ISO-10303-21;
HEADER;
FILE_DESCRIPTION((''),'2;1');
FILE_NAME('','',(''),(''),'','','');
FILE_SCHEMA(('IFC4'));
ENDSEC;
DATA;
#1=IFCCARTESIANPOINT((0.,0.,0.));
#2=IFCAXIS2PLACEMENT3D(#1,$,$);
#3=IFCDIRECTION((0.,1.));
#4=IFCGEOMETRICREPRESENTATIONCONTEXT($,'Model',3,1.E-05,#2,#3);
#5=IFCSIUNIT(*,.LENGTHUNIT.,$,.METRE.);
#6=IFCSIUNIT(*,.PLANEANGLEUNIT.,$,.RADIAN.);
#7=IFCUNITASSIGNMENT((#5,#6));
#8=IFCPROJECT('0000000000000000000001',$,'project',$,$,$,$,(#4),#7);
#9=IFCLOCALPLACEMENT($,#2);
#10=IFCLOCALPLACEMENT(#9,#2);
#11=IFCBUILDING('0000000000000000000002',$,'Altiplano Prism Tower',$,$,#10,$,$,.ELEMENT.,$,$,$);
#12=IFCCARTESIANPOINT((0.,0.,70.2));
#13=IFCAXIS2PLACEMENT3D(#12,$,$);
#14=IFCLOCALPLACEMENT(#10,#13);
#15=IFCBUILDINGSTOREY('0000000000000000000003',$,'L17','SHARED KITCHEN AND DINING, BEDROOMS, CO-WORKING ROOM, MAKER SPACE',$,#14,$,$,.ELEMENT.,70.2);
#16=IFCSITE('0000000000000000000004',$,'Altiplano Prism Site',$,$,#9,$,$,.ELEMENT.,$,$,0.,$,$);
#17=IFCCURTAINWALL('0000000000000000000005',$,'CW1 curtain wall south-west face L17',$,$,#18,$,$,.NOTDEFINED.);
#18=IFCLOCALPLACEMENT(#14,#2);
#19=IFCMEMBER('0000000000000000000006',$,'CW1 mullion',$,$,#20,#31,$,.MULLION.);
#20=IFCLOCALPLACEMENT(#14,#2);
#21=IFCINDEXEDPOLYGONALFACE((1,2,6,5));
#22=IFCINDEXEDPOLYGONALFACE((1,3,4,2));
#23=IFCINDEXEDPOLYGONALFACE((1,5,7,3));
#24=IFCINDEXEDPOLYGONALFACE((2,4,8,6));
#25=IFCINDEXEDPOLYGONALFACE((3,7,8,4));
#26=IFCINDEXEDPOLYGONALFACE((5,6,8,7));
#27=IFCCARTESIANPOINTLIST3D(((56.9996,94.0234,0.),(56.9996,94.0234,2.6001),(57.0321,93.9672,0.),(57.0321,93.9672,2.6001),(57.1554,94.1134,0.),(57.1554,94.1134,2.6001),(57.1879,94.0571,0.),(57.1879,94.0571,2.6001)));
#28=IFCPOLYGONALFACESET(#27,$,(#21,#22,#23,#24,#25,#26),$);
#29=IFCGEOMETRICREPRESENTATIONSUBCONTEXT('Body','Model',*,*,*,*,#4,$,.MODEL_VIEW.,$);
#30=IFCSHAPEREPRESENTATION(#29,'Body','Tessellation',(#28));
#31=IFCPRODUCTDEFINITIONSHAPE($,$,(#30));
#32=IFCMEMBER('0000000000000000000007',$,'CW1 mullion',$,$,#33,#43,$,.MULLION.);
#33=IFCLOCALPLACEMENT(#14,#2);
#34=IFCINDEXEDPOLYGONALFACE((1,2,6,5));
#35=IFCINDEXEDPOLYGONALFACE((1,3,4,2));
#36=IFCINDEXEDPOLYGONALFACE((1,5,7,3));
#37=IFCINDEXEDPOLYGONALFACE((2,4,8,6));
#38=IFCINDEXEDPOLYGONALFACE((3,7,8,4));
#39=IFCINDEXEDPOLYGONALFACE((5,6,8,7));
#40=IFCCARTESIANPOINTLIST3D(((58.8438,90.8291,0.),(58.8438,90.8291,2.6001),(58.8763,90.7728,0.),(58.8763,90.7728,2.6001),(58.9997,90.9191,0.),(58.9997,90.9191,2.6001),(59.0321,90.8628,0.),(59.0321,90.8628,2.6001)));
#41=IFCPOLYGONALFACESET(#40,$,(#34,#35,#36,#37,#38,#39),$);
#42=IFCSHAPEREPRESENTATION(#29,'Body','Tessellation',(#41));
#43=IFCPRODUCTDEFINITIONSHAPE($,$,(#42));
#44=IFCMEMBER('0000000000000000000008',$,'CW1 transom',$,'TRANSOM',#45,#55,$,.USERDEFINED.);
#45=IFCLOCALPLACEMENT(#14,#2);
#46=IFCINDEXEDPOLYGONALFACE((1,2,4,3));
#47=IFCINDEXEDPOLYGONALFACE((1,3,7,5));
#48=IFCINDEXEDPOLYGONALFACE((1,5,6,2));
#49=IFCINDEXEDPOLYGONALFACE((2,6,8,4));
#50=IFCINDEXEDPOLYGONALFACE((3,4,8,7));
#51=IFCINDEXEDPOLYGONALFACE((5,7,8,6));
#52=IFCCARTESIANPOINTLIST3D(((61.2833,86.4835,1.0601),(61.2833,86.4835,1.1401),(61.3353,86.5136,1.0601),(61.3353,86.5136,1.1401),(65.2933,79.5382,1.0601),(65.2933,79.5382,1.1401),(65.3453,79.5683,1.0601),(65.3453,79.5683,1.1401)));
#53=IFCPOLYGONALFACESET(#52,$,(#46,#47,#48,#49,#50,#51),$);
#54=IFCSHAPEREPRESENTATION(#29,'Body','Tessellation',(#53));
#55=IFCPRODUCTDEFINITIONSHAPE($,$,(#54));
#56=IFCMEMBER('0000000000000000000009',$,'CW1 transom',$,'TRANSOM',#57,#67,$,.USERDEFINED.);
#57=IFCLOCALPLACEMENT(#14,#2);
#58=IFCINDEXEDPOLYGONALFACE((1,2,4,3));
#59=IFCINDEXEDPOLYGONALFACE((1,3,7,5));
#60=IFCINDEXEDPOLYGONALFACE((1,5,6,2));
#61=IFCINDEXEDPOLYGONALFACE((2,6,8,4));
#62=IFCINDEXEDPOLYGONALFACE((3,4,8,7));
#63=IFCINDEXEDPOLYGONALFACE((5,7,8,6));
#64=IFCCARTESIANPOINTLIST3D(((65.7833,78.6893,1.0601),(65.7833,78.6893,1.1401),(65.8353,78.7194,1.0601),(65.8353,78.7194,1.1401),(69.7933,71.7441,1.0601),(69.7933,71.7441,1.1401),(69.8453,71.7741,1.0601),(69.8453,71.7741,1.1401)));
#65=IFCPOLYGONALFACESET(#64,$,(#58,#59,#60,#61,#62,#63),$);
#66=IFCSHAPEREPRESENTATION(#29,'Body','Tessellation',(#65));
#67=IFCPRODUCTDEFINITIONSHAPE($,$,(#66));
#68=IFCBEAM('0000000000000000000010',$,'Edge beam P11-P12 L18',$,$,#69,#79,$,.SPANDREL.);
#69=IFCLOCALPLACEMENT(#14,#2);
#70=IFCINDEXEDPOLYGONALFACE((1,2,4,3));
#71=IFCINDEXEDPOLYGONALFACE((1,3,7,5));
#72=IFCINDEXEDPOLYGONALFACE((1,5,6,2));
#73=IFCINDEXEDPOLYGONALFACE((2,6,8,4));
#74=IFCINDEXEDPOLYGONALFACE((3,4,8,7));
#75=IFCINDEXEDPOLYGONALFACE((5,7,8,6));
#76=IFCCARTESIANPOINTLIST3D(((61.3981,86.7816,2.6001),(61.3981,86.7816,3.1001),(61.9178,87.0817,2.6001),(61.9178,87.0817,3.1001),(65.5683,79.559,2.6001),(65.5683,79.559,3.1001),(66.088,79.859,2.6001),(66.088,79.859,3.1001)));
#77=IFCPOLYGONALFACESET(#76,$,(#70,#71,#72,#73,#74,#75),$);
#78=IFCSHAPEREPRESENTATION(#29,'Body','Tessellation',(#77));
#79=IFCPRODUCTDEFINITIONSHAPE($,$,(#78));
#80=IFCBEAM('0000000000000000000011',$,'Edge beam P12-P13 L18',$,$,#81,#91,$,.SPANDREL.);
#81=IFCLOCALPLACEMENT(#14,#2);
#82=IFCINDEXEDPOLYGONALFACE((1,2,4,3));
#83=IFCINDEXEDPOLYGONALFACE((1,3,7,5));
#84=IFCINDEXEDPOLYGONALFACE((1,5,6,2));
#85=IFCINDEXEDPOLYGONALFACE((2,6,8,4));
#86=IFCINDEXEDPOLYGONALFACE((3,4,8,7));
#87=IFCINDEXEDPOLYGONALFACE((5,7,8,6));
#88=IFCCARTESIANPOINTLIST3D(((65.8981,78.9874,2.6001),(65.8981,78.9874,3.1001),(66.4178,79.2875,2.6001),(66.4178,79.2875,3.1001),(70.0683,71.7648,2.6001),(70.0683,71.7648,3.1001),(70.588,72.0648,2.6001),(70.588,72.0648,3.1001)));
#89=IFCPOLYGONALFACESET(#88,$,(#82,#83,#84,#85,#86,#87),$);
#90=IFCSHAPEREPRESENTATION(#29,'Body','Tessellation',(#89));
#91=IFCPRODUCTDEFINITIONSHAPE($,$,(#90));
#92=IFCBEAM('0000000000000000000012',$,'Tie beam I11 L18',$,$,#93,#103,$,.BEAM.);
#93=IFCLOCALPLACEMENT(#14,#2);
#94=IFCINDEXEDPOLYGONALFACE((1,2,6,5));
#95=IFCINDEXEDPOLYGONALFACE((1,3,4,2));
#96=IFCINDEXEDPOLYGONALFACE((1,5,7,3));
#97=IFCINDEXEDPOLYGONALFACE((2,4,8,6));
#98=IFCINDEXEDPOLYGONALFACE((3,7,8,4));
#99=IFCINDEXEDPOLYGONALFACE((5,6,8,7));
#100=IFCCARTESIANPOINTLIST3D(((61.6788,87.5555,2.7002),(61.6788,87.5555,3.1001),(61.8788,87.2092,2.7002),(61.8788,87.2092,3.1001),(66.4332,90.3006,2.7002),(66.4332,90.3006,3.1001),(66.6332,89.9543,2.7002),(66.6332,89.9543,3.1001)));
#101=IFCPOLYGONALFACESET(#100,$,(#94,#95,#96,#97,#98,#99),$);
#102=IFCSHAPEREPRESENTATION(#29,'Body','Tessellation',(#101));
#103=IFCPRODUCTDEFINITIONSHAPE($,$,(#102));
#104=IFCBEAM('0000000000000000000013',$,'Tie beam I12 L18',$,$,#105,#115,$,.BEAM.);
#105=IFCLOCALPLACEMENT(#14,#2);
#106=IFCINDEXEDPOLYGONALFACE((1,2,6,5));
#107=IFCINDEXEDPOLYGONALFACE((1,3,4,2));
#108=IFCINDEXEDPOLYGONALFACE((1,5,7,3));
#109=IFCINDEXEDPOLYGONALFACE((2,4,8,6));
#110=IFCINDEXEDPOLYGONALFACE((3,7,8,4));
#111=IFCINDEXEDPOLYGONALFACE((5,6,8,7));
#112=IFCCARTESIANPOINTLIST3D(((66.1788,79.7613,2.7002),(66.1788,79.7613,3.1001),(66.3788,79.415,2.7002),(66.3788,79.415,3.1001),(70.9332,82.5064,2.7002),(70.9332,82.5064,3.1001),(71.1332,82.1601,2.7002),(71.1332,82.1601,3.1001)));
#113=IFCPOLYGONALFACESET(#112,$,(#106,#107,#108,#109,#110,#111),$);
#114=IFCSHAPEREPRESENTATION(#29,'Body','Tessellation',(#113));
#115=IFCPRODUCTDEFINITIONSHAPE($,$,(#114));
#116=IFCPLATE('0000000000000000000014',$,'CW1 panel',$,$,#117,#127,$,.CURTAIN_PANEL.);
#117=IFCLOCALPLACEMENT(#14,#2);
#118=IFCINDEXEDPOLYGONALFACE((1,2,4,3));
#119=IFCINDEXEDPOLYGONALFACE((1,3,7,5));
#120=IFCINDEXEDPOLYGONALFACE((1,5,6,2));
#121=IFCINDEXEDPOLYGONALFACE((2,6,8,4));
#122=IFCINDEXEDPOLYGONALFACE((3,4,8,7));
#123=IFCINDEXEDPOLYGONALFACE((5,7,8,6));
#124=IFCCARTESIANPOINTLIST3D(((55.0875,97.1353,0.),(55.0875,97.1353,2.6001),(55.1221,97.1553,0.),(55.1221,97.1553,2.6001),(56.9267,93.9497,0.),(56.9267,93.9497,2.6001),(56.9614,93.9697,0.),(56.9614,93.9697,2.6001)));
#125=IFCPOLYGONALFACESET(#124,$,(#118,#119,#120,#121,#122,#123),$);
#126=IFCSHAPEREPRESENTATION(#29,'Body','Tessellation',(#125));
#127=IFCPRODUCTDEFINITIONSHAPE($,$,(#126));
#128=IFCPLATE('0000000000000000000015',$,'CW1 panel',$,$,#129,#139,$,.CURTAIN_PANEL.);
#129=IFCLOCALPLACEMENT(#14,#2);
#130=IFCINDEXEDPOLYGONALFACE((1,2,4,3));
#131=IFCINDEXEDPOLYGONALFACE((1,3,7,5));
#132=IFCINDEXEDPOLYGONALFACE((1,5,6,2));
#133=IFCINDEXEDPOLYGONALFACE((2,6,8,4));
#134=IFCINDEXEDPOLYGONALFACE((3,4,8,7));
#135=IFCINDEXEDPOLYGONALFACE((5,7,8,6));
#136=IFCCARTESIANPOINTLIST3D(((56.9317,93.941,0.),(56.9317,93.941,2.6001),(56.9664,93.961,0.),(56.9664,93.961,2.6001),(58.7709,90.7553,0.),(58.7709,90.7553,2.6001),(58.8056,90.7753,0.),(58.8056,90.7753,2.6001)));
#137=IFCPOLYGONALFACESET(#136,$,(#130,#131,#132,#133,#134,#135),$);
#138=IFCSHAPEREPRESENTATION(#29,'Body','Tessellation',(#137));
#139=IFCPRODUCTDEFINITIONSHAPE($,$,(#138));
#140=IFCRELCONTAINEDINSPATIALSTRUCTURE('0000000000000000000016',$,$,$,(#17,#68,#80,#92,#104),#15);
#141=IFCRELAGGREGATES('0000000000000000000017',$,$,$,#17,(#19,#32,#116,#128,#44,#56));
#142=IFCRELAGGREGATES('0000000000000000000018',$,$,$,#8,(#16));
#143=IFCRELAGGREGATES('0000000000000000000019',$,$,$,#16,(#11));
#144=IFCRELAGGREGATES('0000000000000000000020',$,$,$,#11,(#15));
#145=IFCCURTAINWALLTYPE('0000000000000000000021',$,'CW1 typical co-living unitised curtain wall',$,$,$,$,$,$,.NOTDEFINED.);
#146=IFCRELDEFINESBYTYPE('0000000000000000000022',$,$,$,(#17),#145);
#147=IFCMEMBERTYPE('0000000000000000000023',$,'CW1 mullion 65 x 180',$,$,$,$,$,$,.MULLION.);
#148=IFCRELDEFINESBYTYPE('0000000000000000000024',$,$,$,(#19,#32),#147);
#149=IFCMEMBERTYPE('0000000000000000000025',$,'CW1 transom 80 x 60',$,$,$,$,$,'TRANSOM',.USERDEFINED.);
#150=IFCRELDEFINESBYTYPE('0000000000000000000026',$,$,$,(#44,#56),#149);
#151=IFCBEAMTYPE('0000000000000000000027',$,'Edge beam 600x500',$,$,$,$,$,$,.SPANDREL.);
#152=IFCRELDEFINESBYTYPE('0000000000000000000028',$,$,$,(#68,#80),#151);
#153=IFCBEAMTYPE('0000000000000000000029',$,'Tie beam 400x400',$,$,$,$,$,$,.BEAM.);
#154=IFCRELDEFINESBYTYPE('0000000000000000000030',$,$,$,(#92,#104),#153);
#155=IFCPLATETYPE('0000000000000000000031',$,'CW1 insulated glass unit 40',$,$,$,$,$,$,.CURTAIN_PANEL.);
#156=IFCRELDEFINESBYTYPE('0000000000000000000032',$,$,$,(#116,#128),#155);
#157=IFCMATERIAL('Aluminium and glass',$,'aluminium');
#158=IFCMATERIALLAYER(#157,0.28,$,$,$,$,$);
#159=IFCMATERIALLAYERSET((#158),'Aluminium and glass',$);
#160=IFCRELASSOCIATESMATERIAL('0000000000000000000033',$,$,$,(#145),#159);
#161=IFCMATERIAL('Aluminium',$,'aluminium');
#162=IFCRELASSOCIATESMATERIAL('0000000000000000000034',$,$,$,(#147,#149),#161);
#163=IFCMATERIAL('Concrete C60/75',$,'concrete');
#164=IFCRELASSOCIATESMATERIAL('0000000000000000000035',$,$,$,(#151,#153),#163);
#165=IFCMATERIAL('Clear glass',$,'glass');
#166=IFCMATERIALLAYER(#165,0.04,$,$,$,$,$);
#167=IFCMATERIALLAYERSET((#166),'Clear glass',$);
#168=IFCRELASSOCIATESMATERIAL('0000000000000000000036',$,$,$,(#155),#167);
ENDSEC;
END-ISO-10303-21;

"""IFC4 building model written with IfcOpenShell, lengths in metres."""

from ifc_helpers import new_model, si_unit, direction, frame, origin, origin_2d, place, context, subcontext, project, spatial, rectangle, extrude, material, layer, layer_set, material_profile, profile_set, type_object, element, aggregate, save


model = new_model("IFC4")

# Units and contexts
model_context = context("Model", 3, precision=1e-05, world=origin(), true_north=direction((0.0, 1.0)))
body_context = subcontext(model_context, "Body", "Model", "MODEL_VIEW")
ifc_project = project(units=[si_unit("LENGTHUNIT", "METRE"), si_unit("PLANEANGLEUNIT", "RADIAN")], contexts=[model_context])

# Site, building, storey
site_placement = place(None, origin())
site = spatial("IfcSite", under=ifc_project, at=site_placement, Name="Altiplano Prism Site", CompositionType="ELEMENT", RefElevation=0.0)
building_placement = place(site_placement, origin())
building = spatial("IfcBuilding", under=site, at=building_placement, Name="Altiplano Prism Tower", CompositionType="ELEMENT")
storey_placement = place(building_placement, frame((0.0, 0.0, 70.2)))
storey = spatial("IfcBuildingStorey", under=building, at=storey_placement, Name="L17", Description="SHARED KITCHEN AND DINING, BEDROOMS, CO-WORKING ROOM, MAKER SPACE", CompositionType="ELEMENT", Elevation=70.2)

# Curtain wall, members
ifc_material_1 = material(Name="Aluminium and glass", Category="aluminium")
ifc_layer_1 = layer(ifc_material_1, 0.28)
ifc_layer_set_1 = layer_set([ifc_layer_1], Name="Aluminium and glass")
curtain_wall_type = type_object("IfcCurtainWallType", Name="CW1 typical co-living unitised curtain wall", PredefinedType="NOTDEFINED", material=ifc_layer_set_1)
curtain_wall_placement = place(storey_placement, origin())
curtain_wall = element("IfcCurtainWall", 1, at=curtain_wall_placement, inside=storey, type_object=curtain_wall_type, Name="CW1 curtain wall south-west face L17", PredefinedType="NOTDEFINED")
ifc_material_2 = material(Name="Aluminium", Category="aluminium")
ifc_material_profile_1 = material_profile(ifc_material_2, rectangle(XDim=0.1799, YDim=0.0649, at=origin_2d()), Name="CW1 mullion 65 x 180")
ifc_profile_set_1 = profile_set([ifc_material_profile_1], Name="Aluminium")
member_type_1 = type_object("IfcMemberType", Name="CW1 mullion 65 x 180", PredefinedType="MULLION", material=ifc_profile_set_1)
member_1_placement = place(storey_placement, frame((57.0938, 94.0403, 0.0), z_axis=(0.0, 0.0, 1.0), x_axis=(0.866025, 0.5, 0.0)))
member_1 = element("IfcMember", 2, at=member_1_placement, type_object=member_type_1, Name="CW1 mullion", PredefinedType="MULLION", context=body_context, shape_type="SweptSolid", body=[
    extrude(rectangle(XDim=0.1799, YDim=0.0649, at=origin_2d()), origin(), (0.0, 0.0, 1.0), 2.6001),
])
member_2_placement = place(storey_placement, frame((58.938, 90.8459, 0.0), z_axis=(0.0, 0.0, 1.0), x_axis=(0.866025, 0.5, 0.0)))
member_2 = element("IfcMember", 3, at=member_2_placement, type_object=member_type_1, Name="CW1 mullion", PredefinedType="MULLION", context=body_context, shape_type="SweptSolid", body=[
    extrude(rectangle(XDim=0.1799, YDim=0.0649, at=origin_2d()), origin(), (0.0, 0.0, 1.0), 2.6001),
])
ifc_material_profile_2 = material_profile(ifc_material_2, rectangle(XDim=0.0601, YDim=0.0801, at=origin_2d()), Name="CW1 transom 80 x 60")
ifc_profile_set_2 = profile_set([ifc_material_profile_2], Name="Aluminium")
member_type_2 = type_object("IfcMemberType", Name="CW1 transom 80 x 60", ElementType="TRANSOM", PredefinedType="USERDEFINED", material=ifc_profile_set_2)
member_3_placement = place(storey_placement, frame((61.3093, 86.4985, 1.1001), z_axis=(0.500012, -0.866018, 0.0), x_axis=(0.866018, 0.500012, 0.0)))
member_3 = element("IfcMember", 4, at=member_3_placement, type_object=member_type_2, Name="CW1 transom", ObjectType="TRANSOM", PredefinedType="USERDEFINED", context=body_context, shape_type="SweptSolid", body=[
    extrude(rectangle(XDim=0.0601, YDim=0.0801, at=origin_2d()), origin(), (0.0, 0.0, 1.0), 8.0198),
])
member_4_placement = place(storey_placement, frame((65.8093, 78.7043, 1.1001), z_axis=(0.500012, -0.866018, 0.0), x_axis=(0.866018, 0.500012, 0.0)))
member_4 = element("IfcMember", 5, at=member_4_placement, type_object=member_type_2, Name="CW1 transom", ObjectType="TRANSOM", PredefinedType="USERDEFINED", context=body_context, shape_type="SweptSolid", body=[
    extrude(rectangle(XDim=0.0601, YDim=0.0801, at=origin_2d()), origin(), (0.0, 0.0, 1.0), 8.0198),
])

# Beams
ifc_material_3 = material(Name="Concrete C60/75", Category="concrete")
ifc_material_profile_3 = material_profile(ifc_material_3, rectangle(XDim=0.6001, YDim=0.5, at=origin_2d()), Name="Edge beam 600x500")
ifc_profile_set_3 = profile_set([ifc_material_profile_3], Name="Concrete C60/75")
beam_type_1 = type_object("IfcBeamType", Name="Edge beam 600x500", PredefinedType="SPANDREL", material=ifc_profile_set_3)
for number, where, z_axis, x_axis, name in (
    (6, (61.658, 86.9316, 2.8501), (0.500015, -0.866017, 0.0), (0.866017, 0.500015, 0.0), "Edge beam P11-P12 L18"),
    (7, (66.158, 79.1375, 2.8501), (0.500015, -0.866017, 0.0), (0.866017, 0.500015, 0.0), "Edge beam P12-P13 L18"),
):
    element("IfcBeam", number, at=place(storey_placement, frame(where, z_axis=z_axis, x_axis=x_axis)), inside=storey, type_object=beam_type_1, Name=name, PredefinedType="SPANDREL", context=body_context, shape_type="SweptSolid", body=[
        extrude(rectangle(XDim=0.6001, YDim=0.5, at=origin_2d()), origin(), (0.0, 0.0, 1.0), 8.3401),
    ])
ifc_material_profile_4 = material_profile(ifc_material_3, rectangle(XDim=0.3999, YDim=0.3999, at=origin_2d()), Name="Tie beam 400x400")
ifc_profile_set_4 = profile_set([ifc_material_profile_4], Name="Concrete C60/75")
beam_type_2 = type_object("IfcBeamType", Name="Tie beam 400x400", PredefinedType="BEAM", material=ifc_profile_set_4)
for number, where, z_axis, x_axis, name in (
    (8, (66.5332, 90.1274, 2.9001), (-0.866012, -0.500023, 0.0), (0.500023, -0.866012, 0.0), "Tie beam I11 L18"),
    (9, (71.0332, 82.3333, 2.9001), (-0.866012, -0.500023, 0.0), (0.500023, -0.866012, 0.0), "Tie beam I12 L18"),
):
    element("IfcBeam", number, at=place(storey_placement, frame(where, z_axis=z_axis, x_axis=x_axis)), inside=storey, type_object=beam_type_2, Name=name, PredefinedType="BEAM", context=body_context, shape_type="SweptSolid", body=[
        extrude(rectangle(XDim=0.3999, YDim=0.3999, at=origin_2d()), origin(), (0.0, 0.0, 1.0), 5.49),
    ])

# Plates
ifc_material_4 = material(Name="Clear glass", Category="glass")
ifc_layer_2 = layer(ifc_material_4, 0.04)
ifc_layer_set_2 = layer_set([ifc_layer_2], Name="Clear glass")
plate_type = type_object("IfcPlateType", Name="CW1 insulated glass unit 40", PredefinedType="CURTAIN_PANEL", material=ifc_layer_set_2)
plate_1_placement = place(storey_placement, frame((56.0244, 95.5525, 0.0), z_axis=(0.0, 0.0, 1.0), x_axis=(0.5, -0.866025, 0.0)))
plate_1 = element("IfcPlate", 10, at=plate_1_placement, type_object=plate_type, Name="CW1 panel", PredefinedType="CURTAIN_PANEL", context=body_context, shape_type="SweptSolid", body=[
    extrude(rectangle(XDim=3.6785, YDim=0.04, at=origin_2d()), origin(), (0.0, 0.0, 1.0), 2.6001),
])
plate_2_placement = place(storey_placement, frame((57.8687, 92.3582, 0.0), z_axis=(0.0, 0.0, 1.0), x_axis=(0.5, -0.866025, 0.0)))
plate_2 = element("IfcPlate", 11, at=plate_2_placement, type_object=plate_type, Name="CW1 panel", PredefinedType="CURTAIN_PANEL", context=body_context, shape_type="SweptSolid", body=[
    extrude(rectangle(XDim=3.6785, YDim=0.04, at=origin_2d()), origin(), (0.0, 0.0, 1.0), 2.6001),
])
aggregate(curtain_wall, [member_1, member_2, plate_1, plate_2, member_3, member_4])

save(model, "model.ifc")
